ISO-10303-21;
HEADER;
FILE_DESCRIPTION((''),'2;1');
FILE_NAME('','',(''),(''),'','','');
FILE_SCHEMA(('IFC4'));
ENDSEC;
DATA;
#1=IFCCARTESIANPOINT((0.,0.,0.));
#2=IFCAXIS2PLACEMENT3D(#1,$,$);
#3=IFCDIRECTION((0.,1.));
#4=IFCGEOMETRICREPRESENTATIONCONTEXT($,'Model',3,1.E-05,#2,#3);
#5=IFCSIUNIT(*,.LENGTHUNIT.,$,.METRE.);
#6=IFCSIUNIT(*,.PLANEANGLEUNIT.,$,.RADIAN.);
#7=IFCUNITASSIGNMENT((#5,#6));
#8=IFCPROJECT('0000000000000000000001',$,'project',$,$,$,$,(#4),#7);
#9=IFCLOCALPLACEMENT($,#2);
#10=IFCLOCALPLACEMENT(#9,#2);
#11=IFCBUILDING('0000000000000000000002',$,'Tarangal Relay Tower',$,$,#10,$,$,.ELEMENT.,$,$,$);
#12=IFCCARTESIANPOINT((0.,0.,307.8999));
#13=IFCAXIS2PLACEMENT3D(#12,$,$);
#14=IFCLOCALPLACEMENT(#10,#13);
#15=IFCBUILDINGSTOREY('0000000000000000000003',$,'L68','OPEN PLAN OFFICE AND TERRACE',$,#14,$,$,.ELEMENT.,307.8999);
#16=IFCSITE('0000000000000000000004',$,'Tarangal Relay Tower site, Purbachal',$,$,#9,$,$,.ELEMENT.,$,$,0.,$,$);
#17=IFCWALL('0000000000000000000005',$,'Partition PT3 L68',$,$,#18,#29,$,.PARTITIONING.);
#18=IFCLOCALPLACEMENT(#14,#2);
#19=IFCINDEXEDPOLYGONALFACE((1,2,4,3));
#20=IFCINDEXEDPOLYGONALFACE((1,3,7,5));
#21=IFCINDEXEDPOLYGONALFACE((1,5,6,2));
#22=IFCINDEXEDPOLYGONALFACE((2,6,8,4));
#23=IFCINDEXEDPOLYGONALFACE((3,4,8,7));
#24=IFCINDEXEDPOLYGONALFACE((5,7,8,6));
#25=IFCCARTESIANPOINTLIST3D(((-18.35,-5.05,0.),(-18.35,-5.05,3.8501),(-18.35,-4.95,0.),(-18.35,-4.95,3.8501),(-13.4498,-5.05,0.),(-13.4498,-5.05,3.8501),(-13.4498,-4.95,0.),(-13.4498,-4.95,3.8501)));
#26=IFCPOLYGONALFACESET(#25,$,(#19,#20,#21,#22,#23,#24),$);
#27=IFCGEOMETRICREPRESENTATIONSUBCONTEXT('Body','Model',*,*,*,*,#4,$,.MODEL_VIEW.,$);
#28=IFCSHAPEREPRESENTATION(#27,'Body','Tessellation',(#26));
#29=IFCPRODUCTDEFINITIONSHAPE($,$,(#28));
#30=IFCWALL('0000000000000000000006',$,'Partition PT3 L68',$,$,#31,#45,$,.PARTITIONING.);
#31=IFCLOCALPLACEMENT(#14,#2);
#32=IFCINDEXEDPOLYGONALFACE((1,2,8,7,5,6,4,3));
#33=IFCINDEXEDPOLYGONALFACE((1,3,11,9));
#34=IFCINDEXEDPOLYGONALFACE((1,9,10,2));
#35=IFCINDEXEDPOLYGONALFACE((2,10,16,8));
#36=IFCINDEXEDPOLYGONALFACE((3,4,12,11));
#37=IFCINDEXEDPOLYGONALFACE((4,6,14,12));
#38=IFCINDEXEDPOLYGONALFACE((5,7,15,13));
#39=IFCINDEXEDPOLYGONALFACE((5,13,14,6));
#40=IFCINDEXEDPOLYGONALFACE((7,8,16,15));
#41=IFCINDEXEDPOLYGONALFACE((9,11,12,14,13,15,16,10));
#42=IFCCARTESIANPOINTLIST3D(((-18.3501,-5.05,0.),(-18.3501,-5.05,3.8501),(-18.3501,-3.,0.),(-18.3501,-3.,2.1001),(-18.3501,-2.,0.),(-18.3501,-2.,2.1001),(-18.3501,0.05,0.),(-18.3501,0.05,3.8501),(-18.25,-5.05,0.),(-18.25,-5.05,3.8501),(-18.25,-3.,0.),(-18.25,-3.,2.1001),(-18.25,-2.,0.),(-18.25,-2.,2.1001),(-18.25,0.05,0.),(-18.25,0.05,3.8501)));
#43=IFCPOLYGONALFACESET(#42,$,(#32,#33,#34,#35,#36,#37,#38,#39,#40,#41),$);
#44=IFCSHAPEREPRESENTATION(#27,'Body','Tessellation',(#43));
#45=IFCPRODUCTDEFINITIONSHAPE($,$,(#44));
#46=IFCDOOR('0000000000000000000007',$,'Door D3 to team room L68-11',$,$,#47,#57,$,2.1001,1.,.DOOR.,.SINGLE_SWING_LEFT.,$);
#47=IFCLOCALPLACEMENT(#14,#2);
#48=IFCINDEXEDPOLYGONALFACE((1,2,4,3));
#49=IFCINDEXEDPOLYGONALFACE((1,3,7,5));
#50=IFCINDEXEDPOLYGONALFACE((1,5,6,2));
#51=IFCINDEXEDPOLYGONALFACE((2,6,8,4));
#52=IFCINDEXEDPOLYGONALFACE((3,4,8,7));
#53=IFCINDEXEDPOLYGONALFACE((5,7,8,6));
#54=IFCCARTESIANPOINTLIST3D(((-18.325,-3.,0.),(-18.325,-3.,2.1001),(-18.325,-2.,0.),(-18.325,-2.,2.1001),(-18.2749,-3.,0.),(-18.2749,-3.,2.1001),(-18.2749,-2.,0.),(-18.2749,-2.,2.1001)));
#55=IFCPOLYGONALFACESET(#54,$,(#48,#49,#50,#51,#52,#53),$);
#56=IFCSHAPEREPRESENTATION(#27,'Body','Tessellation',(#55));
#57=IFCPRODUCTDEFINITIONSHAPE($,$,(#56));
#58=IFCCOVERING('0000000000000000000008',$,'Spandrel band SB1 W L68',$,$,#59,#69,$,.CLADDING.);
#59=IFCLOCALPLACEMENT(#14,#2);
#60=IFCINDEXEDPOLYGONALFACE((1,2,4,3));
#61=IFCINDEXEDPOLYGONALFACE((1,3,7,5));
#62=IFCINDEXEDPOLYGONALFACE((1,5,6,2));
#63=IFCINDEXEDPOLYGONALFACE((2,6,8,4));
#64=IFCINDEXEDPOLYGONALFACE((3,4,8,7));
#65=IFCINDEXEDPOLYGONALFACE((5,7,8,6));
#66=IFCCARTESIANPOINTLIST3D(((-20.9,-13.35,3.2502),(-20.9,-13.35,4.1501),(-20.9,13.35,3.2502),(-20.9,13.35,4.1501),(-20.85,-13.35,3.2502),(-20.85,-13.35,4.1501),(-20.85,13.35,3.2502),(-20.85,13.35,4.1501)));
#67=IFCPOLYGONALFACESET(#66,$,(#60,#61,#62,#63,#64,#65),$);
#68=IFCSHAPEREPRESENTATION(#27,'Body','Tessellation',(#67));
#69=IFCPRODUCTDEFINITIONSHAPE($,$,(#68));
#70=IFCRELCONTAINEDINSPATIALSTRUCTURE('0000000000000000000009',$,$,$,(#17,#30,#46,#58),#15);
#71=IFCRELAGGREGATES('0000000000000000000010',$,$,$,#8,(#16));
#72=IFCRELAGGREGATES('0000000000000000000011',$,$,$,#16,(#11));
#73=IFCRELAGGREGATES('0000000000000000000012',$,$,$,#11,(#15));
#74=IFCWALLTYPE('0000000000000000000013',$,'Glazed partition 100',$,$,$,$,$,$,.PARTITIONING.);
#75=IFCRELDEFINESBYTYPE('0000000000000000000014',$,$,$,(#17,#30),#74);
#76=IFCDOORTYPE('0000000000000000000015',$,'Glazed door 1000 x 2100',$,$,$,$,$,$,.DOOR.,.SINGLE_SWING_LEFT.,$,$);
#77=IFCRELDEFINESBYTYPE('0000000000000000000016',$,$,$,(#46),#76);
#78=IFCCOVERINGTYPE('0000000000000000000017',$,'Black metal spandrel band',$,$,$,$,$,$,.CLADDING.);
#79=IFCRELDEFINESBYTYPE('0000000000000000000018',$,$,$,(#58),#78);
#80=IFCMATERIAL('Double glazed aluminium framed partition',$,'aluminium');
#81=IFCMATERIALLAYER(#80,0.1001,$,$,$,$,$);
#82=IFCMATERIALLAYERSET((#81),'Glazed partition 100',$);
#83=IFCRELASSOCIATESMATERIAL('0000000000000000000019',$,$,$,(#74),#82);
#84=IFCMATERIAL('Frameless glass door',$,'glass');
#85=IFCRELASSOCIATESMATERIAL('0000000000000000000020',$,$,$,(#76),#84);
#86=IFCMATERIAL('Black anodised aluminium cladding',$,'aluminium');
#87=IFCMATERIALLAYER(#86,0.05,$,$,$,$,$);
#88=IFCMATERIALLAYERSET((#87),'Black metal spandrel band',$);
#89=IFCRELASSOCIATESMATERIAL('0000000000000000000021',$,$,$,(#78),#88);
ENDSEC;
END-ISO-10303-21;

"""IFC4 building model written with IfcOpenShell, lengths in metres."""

from ifc_helpers import new_model, si_unit, direction, frame, frame_2d, origin, origin_2d, place, context, subcontext, project, spatial, rectangle, extrude, material, layer, layer_set, type_object, element, fill, save


model = new_model("IFC4")

# Units and contexts
model_context = context("Model", 3, precision=1e-05, world=origin(), true_north=direction((0.0, 1.0)))
body_context = subcontext(model_context, "Body", "Model", "MODEL_VIEW")
ifc_project = project(units=[si_unit("LENGTHUNIT", "METRE"), si_unit("PLANEANGLEUNIT", "RADIAN")], contexts=[model_context])

# Site, building, storey
site_placement = place(None, origin())
site = spatial("IfcSite", under=ifc_project, at=site_placement, Name="Tarangal Relay Tower site, Purbachal", CompositionType="ELEMENT", RefElevation=0.0)
building_placement = place(site_placement, origin())
building = spatial("IfcBuilding", under=site, at=building_placement, Name="Tarangal Relay Tower", CompositionType="ELEMENT")
storey_placement = place(building_placement, frame((0.0, 0.0, 307.8999)))
storey = spatial("IfcBuildingStorey", under=building, at=storey_placement, Name="L68", Description="OPEN PLAN OFFICE AND TERRACE", CompositionType="ELEMENT", Elevation=307.8999)

# Wall
ifc_material_1 = material(Name="Double glazed aluminium framed partition", Category="aluminium")
ifc_layer_1 = layer(ifc_material_1, 0.1001)
ifc_layer_set_1 = layer_set([ifc_layer_1], Name="Glazed partition 100")
wall_type_1 = type_object("IfcWallType", Name="Glazed partition 100", PredefinedType="PARTITIONING", material=ifc_layer_set_1)
wall_1_placement = place(storey_placement, frame((-18.3501, -5.0, 0.0), z_axis=(0.0, 0.0, 1.0), x_axis=(1.0, 0.0, 0.0)))
element("IfcWall", 1, at=wall_1_placement, inside=storey, type_object=wall_type_1, Name="Partition PT3 L68", PredefinedType="PARTITIONING", context=body_context, shape_type="SweptSolid", body=[
    extrude(rectangle(XDim=4.9001, YDim=0.1001, at=frame_2d((2.4502, 0.0))), origin(), (0.0, 0.0, 1.0), 3.8501),
])

# Wall, opening, door
wall_2_placement = place(storey_placement, frame((-18.3, -5.05, 0.0), z_axis=(0.0, 0.0, 1.0), x_axis=(0.0, 1.0, 0.0)))
wall_2 = element("IfcWall", 2, at=wall_2_placement, inside=storey, type_object=wall_type_1, Name="Partition PT3 L68", PredefinedType="PARTITIONING", context=body_context, shape_type="SweptSolid", body=[
    extrude(rectangle(XDim=5.1001, YDim=0.1001, at=frame_2d((2.55, 0.0))), origin(), (0.0, 0.0, 1.0), 3.8501),
])
opening_1_placement = place(wall_2_placement, frame((2.05, 0.0, 0.0)))
opening_1 = element("IfcOpeningElement", 3, at=opening_1_placement, cuts=wall_2, PredefinedType="OPENING", context=body_context, shape_type="SweptSolid", body=[
    extrude(rectangle(XDim=1.0, YDim=2.1001, at=frame_2d((0.5, 1.05))), frame((0.0, 0.0601, 0.0), z_axis=(0.0, -1.0, 0.0), x_axis=(1.0, 0.0, 0.0)), (0.0, 0.0, 1.0), 0.1201),
])
ifc_material_2 = material(Name="Frameless glass door", Category="glass")
door_type_1 = type_object("IfcDoorType", Name="Glazed door 1000 x 2100", OperationType="SINGLE_SWING_LEFT", PredefinedType="DOOR", material=ifc_material_2)
door_1_placement = place(opening_1_placement, origin())
door_1 = element("IfcDoor", 4, at=door_1_placement, inside=storey, type_object=door_type_1, Name="Door D3 to team room L68-11", OperationType="SINGLE_SWING_LEFT", OverallHeight=2.1001, OverallWidth=1.0, PredefinedType="DOOR", context=body_context, shape_type="SweptSolid", body=[
    extrude(rectangle(XDim=1.0, YDim=2.1001, at=frame_2d((0.5, 1.05))), frame((0.0, 0.0249, 0.0), z_axis=(0.0, -1.0, 0.0), x_axis=(1.0, 0.0, 0.0)), (0.0, 0.0, 1.0), 0.05),
])
fill(opening_1, door_1)

# Covering
ifc_material_3 = material(Name="Black anodised aluminium cladding", Category="aluminium")
ifc_layer_2 = layer(ifc_material_3, 0.05)
ifc_layer_set_2 = layer_set([ifc_layer_2], Name="Black metal spandrel band")
covering_type = type_object("IfcCoveringType", Name="Black metal spandrel band", PredefinedType="CLADDING", material=ifc_layer_set_2)
covering_placement = place(storey_placement, frame((-20.875, 0.0, 3.2502), z_axis=(0.0, 0.0, 1.0), x_axis=(0.0, 1.0, 0.0)))
element("IfcCovering", 5, at=covering_placement, inside=storey, type_object=covering_type, Name="Spandrel band SB1 W L68", PredefinedType="CLADDING", context=body_context, shape_type="SweptSolid", body=[
    extrude(rectangle(XDim=26.7, YDim=0.05, at=origin_2d()), origin(), (0.0, 0.0, 1.0), 0.8999),
])

save(model, "model.ifc")
